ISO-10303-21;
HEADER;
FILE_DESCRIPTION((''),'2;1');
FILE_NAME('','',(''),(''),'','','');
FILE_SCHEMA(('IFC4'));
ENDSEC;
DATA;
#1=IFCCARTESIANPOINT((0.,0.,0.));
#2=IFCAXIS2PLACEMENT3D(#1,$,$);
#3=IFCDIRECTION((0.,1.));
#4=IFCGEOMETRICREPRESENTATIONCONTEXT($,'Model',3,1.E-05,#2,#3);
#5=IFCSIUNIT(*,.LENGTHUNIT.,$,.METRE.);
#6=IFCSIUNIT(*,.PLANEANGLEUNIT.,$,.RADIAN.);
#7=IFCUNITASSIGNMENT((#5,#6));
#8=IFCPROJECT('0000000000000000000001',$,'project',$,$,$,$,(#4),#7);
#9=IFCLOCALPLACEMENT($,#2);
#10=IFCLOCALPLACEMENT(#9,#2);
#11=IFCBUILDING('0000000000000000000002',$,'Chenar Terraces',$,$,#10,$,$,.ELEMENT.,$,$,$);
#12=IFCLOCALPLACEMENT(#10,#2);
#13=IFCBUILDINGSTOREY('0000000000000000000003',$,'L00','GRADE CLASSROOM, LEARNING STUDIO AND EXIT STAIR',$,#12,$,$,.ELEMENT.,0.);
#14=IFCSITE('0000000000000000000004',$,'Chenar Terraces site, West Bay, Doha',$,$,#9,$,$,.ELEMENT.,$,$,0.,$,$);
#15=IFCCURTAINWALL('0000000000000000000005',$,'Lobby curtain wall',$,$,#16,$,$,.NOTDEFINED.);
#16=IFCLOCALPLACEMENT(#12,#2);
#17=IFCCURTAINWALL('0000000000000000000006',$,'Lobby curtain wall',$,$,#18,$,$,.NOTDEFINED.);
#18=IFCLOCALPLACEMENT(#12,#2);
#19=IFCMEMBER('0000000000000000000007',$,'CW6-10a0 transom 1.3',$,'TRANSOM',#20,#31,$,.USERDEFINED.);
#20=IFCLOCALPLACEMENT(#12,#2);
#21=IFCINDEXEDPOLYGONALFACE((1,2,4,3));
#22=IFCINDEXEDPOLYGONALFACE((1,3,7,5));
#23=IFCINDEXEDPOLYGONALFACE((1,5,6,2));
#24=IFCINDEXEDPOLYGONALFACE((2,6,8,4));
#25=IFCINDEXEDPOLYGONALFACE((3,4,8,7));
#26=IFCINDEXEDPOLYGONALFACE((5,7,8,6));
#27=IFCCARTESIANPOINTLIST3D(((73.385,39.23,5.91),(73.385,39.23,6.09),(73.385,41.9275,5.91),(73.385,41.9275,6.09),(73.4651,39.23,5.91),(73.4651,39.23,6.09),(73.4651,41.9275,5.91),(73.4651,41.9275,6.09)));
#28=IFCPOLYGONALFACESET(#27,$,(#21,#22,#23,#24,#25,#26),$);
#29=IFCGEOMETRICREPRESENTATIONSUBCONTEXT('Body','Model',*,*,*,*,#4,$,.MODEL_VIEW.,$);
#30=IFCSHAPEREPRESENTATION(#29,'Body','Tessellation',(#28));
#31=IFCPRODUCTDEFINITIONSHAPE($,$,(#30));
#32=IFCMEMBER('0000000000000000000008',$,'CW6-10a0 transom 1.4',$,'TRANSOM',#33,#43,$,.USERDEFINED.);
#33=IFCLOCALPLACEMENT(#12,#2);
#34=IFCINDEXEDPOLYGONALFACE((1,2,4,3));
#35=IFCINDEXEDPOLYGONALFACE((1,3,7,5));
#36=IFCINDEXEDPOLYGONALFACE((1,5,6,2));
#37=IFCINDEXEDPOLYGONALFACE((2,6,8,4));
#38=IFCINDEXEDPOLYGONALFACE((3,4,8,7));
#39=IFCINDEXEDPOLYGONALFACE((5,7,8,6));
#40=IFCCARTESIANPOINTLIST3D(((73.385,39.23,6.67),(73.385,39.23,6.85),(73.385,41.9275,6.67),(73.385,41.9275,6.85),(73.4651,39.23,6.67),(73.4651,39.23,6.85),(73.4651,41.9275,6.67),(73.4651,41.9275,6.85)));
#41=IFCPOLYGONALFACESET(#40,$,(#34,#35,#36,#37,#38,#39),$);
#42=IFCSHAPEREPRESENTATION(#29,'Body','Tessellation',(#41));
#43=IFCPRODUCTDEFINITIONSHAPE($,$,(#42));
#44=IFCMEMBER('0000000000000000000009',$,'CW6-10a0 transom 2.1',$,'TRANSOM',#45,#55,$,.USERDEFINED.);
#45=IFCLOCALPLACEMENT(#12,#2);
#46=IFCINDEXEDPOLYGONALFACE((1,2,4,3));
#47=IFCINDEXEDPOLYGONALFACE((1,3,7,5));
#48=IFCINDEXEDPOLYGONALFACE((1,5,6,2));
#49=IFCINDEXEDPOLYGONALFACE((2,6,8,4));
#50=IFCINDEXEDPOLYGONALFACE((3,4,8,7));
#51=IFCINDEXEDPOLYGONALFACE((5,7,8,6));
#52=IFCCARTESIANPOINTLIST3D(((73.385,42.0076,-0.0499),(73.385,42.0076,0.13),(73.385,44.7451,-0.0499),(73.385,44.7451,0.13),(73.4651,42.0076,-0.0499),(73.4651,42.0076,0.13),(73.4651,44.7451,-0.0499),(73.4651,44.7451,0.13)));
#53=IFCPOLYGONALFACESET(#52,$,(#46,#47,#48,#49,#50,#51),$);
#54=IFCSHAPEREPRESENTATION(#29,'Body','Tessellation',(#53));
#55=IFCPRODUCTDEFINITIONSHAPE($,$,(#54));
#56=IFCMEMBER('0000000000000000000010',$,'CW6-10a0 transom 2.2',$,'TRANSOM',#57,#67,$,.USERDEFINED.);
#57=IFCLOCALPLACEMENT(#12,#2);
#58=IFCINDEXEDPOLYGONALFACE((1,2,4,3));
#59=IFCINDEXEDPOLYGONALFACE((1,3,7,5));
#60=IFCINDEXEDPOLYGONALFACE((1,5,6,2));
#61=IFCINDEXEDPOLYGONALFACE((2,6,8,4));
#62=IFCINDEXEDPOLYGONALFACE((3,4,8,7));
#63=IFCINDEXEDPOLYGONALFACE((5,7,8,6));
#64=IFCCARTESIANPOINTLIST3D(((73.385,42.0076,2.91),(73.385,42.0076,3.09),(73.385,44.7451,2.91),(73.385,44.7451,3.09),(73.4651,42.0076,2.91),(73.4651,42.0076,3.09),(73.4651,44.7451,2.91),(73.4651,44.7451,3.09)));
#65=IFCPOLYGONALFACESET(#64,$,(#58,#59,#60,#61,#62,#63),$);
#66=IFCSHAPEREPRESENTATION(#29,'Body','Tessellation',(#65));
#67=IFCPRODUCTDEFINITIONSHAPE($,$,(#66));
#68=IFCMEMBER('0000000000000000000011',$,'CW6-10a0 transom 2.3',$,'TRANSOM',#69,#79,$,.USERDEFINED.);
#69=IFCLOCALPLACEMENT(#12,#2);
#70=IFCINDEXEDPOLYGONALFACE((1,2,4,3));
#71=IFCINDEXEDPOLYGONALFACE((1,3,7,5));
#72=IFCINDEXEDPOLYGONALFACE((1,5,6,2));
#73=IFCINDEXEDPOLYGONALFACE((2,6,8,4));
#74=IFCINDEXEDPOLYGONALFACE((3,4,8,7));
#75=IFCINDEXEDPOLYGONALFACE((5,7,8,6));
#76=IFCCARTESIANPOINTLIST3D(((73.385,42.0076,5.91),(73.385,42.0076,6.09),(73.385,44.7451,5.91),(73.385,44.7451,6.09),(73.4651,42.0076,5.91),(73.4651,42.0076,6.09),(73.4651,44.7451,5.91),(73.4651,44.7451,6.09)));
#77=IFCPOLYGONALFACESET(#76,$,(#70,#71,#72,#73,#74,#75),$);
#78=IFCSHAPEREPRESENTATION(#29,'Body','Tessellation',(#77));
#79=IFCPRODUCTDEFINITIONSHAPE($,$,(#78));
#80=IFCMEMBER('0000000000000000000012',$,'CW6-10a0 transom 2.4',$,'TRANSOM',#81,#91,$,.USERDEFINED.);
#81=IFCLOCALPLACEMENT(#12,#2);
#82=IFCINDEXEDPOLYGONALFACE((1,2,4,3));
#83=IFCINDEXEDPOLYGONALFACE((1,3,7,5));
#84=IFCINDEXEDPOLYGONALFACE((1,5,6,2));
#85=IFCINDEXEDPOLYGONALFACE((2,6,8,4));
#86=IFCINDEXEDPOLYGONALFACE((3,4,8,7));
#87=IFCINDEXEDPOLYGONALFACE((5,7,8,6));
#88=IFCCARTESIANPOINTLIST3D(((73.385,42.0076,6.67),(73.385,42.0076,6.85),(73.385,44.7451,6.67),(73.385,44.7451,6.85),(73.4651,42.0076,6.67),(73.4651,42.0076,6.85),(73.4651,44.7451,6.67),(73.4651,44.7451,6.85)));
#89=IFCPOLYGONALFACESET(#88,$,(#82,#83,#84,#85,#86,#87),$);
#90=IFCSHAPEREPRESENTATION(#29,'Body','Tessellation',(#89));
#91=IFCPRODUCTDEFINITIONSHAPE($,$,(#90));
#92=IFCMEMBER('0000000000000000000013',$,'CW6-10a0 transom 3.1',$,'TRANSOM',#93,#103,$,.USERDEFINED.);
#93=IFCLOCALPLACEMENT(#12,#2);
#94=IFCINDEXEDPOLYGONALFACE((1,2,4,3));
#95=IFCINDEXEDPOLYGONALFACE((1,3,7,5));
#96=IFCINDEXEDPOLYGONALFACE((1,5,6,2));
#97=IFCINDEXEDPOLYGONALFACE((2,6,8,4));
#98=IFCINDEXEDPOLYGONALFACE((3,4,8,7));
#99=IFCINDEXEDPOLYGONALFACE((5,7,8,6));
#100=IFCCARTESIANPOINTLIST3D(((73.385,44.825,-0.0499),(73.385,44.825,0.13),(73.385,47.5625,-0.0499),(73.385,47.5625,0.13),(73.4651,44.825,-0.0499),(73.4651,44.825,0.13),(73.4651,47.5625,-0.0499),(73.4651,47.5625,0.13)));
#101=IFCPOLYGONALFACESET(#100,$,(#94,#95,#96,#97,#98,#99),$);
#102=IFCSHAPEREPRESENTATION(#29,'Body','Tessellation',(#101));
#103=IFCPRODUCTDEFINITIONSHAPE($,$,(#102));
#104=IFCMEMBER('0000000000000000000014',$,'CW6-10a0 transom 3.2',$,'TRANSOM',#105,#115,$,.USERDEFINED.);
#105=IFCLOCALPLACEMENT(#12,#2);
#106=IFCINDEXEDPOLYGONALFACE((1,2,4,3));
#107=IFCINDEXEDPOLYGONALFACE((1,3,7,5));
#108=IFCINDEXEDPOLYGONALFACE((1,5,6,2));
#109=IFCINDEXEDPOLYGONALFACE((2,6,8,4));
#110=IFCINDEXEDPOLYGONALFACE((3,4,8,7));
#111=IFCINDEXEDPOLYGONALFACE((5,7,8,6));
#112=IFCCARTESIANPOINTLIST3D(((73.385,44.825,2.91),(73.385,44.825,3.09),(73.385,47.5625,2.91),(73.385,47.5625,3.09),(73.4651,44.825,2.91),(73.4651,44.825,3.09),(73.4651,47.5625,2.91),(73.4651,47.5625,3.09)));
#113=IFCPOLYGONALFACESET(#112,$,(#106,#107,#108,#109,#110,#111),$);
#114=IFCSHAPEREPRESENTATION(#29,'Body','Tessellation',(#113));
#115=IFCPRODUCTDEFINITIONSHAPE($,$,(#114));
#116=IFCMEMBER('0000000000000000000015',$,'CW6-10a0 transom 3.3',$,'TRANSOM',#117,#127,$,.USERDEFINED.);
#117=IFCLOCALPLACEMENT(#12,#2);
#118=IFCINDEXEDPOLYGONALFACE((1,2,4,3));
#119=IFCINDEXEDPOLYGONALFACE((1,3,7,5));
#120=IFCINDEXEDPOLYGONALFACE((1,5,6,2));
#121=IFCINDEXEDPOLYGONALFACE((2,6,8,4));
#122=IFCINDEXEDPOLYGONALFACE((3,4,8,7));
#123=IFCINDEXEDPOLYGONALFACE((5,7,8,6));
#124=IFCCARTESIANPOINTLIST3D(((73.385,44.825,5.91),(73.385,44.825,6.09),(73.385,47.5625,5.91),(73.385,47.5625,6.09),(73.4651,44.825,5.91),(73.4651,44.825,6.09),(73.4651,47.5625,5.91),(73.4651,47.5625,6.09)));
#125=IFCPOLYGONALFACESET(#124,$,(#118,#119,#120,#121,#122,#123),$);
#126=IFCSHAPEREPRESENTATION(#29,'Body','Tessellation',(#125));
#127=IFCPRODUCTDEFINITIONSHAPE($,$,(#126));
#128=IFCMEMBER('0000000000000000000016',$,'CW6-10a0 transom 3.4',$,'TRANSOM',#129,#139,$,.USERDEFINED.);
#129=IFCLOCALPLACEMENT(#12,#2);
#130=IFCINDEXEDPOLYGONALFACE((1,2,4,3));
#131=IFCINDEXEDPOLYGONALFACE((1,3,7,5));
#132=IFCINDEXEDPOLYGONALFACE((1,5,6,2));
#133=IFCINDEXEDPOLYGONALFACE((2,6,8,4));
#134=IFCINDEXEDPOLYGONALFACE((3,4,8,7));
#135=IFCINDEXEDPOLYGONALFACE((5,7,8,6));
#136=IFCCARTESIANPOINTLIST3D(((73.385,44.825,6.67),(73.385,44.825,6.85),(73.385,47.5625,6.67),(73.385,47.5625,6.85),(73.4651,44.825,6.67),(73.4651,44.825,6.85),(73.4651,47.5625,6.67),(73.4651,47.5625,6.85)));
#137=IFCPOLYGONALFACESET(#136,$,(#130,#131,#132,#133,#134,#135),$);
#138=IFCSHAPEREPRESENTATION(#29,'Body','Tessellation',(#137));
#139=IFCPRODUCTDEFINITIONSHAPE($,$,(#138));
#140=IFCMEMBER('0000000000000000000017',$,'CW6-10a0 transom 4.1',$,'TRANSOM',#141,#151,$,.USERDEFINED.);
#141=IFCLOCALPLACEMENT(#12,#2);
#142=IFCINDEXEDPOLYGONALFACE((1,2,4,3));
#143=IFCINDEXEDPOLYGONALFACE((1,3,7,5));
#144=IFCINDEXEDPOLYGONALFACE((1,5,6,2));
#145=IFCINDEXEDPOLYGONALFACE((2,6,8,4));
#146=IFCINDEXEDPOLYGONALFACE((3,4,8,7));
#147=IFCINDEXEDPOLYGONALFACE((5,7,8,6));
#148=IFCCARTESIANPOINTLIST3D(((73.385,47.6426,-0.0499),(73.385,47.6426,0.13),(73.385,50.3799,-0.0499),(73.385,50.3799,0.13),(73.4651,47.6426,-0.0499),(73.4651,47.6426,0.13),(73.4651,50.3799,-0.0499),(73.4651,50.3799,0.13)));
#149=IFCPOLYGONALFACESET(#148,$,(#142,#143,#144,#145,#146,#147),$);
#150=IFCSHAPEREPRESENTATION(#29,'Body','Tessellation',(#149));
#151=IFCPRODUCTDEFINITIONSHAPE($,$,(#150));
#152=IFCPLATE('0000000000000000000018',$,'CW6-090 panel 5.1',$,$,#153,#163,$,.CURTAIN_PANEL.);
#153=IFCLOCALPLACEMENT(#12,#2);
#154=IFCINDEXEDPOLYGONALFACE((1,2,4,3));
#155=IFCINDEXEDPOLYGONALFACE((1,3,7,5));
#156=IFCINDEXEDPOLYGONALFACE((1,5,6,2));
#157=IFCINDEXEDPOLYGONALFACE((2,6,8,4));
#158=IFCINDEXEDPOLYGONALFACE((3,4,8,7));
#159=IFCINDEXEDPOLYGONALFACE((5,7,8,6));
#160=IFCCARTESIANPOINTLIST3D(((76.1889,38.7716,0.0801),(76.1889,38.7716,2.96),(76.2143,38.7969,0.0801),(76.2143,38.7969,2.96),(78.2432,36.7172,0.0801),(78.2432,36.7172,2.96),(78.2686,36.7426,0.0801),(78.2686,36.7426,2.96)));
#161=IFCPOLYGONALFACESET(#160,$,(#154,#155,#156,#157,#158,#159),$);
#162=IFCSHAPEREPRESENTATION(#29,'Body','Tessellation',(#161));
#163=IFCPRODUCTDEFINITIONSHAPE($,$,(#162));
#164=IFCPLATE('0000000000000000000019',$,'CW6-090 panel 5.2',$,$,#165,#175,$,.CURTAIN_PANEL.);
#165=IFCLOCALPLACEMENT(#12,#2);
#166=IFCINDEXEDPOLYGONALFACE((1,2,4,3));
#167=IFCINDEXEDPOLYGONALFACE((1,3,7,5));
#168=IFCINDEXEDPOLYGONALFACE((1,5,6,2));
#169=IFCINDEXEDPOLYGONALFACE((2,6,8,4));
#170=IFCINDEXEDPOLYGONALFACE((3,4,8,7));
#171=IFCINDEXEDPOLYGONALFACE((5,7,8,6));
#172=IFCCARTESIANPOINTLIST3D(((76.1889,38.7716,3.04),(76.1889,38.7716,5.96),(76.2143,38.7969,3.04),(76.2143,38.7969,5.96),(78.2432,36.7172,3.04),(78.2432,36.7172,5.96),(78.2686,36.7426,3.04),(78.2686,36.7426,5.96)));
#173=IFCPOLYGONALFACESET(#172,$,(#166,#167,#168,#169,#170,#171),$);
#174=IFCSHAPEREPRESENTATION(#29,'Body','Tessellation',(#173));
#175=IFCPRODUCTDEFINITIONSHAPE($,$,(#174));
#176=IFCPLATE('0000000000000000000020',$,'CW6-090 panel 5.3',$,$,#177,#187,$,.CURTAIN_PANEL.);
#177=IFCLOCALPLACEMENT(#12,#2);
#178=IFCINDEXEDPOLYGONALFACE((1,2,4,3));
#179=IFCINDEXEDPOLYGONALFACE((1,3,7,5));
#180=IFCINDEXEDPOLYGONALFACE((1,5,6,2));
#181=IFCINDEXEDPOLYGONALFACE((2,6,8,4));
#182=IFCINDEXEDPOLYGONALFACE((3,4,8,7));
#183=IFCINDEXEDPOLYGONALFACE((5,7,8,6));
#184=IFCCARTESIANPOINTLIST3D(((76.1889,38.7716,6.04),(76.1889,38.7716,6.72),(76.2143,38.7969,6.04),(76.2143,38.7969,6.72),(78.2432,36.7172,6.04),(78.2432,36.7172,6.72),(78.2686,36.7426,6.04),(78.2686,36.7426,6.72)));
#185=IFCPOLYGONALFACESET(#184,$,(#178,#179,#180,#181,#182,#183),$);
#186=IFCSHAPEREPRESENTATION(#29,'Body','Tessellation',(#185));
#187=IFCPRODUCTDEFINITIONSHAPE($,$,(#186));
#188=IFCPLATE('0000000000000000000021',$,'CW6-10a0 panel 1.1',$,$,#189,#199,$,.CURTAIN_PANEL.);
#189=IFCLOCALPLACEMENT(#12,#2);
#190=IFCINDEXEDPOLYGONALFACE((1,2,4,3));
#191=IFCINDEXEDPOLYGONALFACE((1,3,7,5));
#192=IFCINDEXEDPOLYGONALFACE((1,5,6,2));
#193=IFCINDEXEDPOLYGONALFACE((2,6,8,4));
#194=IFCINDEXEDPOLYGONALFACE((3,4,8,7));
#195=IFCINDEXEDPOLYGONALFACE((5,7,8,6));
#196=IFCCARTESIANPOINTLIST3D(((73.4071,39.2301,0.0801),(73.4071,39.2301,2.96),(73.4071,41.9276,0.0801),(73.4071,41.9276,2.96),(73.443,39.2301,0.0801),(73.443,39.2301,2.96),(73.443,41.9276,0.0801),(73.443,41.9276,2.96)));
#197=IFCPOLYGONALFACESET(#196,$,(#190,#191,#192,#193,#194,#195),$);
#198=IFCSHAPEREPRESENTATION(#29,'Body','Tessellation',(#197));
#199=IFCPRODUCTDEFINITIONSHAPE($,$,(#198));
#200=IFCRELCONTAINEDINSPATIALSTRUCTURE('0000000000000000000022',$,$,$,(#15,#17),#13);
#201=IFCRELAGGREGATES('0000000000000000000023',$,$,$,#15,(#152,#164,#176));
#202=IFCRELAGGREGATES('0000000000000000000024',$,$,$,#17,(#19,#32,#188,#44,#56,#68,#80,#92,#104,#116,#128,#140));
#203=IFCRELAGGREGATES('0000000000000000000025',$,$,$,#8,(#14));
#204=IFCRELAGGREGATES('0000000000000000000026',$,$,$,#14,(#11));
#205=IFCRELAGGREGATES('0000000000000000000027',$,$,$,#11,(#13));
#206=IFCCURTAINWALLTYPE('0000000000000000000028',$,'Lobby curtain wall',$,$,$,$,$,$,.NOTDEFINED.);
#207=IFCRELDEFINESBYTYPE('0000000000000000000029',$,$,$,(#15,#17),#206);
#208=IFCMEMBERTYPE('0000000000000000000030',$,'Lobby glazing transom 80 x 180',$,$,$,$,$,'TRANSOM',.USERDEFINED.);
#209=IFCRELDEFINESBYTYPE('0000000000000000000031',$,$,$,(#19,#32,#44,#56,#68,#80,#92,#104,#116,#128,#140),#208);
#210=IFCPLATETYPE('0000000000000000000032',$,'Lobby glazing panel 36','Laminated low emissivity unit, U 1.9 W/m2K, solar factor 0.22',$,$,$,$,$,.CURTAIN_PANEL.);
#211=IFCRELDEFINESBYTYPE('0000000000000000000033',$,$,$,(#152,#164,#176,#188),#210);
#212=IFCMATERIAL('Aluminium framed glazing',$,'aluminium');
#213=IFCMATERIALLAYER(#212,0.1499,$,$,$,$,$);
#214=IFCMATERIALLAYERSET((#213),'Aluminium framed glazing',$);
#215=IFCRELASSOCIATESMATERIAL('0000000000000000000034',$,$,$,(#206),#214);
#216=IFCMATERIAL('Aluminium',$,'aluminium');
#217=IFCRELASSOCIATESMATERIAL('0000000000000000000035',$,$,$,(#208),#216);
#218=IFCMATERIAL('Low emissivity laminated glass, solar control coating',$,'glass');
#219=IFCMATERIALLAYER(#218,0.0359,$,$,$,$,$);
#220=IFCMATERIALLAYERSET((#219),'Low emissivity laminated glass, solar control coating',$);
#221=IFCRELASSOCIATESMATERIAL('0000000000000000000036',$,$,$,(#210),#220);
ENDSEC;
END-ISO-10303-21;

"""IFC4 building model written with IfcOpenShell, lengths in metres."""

from ifc_helpers import new_model, si_unit, direction, frame, origin, origin_2d, place, context, subcontext, project, spatial, rectangle, extrude, material, layer, layer_set, material_profile, profile_set, type_object, element, aggregate, save


model = new_model("IFC4")

# Units and contexts
model_context = context("Model", 3, precision=1e-05, world=origin(), true_north=direction((0.0, 1.0)))
body_context = subcontext(model_context, "Body", "Model", "MODEL_VIEW")
ifc_project = project(units=[si_unit("LENGTHUNIT", "METRE"), si_unit("PLANEANGLEUNIT", "RADIAN")], contexts=[model_context])

# Site, building, storey
site_placement = place(None, origin())
site = spatial("IfcSite", under=ifc_project, at=site_placement, Name="Chenar Terraces site, West Bay, Doha", CompositionType="ELEMENT", RefElevation=0.0)
building_placement = place(site_placement, origin())
building = spatial("IfcBuilding", under=site, at=building_placement, Name="Chenar Terraces", CompositionType="ELEMENT")
storey_placement = place(building_placement, origin())
storey = spatial("IfcBuildingStorey", under=building, at=storey_placement, Name="L00", Description="GRADE CLASSROOM, LEARNING STUDIO AND EXIT STAIR", CompositionType="ELEMENT", Elevation=0.0)

# Curtain walls
ifc_material_1 = material(Name="Aluminium framed glazing", Category="aluminium")
ifc_layer_1 = layer(ifc_material_1, 0.1499)
ifc_layer_set_1 = layer_set([ifc_layer_1], Name="Aluminium framed glazing")
curtain_wall_type = type_object("IfcCurtainWallType", Name="Lobby curtain wall", PredefinedType="NOTDEFINED", material=ifc_layer_set_1)
placement = place(storey_placement, origin())
curtain_wall_1 = element("IfcCurtainWall", 1, at=placement, inside=storey, type_object=curtain_wall_type, Name="Lobby curtain wall", PredefinedType="NOTDEFINED")
curtain_wall_2 = element("IfcCurtainWall", 2, at=placement, inside=storey, type_object=curtain_wall_type, Name="Lobby curtain wall", PredefinedType="NOTDEFINED")

# Members
ifc_material_2 = material(Name="Aluminium", Category="aluminium")
ifc_material_profile_1 = material_profile(ifc_material_2, rectangle(XDim=0.0801, YDim=0.1799, at=origin_2d()), Name="Lobby glazing transom 80 x 180")
ifc_profile_set_1 = profile_set([ifc_material_profile_1], Name="Aluminium")
member_type_1 = type_object("IfcMemberType", Name="Lobby glazing transom 80 x 180", ElementType="TRANSOM", PredefinedType="USERDEFINED", material=ifc_profile_set_1)
member_1_placement = place(storey_placement, frame((73.425, 39.23, 6.0), z_axis=(0.0, 1.0, 0.0), x_axis=(-1.0, 0.0, 0.0)))
member_1 = element("IfcMember", 3, at=member_1_placement, type_object=member_type_1, Name="CW6-10a0 transom 1.3", ObjectType="TRANSOM", PredefinedType="USERDEFINED", context=body_context, shape_type="SweptSolid", body=[
    extrude(rectangle(XDim=0.0801, YDim=0.1799, at=origin_2d()), origin(), (0.0, 0.0, 1.0), 2.6975),
])
member_2_placement = place(storey_placement, frame((73.425, 39.23, 6.76), z_axis=(0.0, 1.0, 0.0), x_axis=(-1.0, 0.0, 0.0)))
member_2 = element("IfcMember", 4, at=member_2_placement, type_object=member_type_1, Name="CW6-10a0 transom 1.4", ObjectType="TRANSOM", PredefinedType="USERDEFINED", context=body_context, shape_type="SweptSolid", body=[
    extrude(rectangle(XDim=0.0801, YDim=0.1799, at=origin_2d()), origin(), (0.0, 0.0, 1.0), 2.6975),
])
member_3_placement = place(storey_placement, frame((73.425, 42.0076, 0.04), z_axis=(0.0, 1.0, 0.0), x_axis=(-1.0, 0.0, 0.0)))
member_3 = element("IfcMember", 5, at=member_3_placement, type_object=member_type_1, Name="CW6-10a0 transom 2.1", ObjectType="TRANSOM", PredefinedType="USERDEFINED", context=body_context, shape_type="SweptSolid", body=[
    extrude(rectangle(XDim=0.0801, YDim=0.1799, at=origin_2d()), origin(), (0.0, 0.0, 1.0), 2.7375),
])
member_4_placement = place(storey_placement, frame((73.425, 42.0076, 3.0), z_axis=(0.0, 1.0, 0.0), x_axis=(-1.0, 0.0, 0.0)))
member_4 = element("IfcMember", 6, at=member_4_placement, type_object=member_type_1, Name="CW6-10a0 transom 2.2", ObjectType="TRANSOM", PredefinedType="USERDEFINED", context=body_context, shape_type="SweptSolid", body=[
    extrude(rectangle(XDim=0.0801, YDim=0.1799, at=origin_2d()), origin(), (0.0, 0.0, 1.0), 2.7375),
])
member_5_placement = place(storey_placement, frame((73.425, 42.0076, 6.0), z_axis=(0.0, 1.0, 0.0), x_axis=(-1.0, 0.0, 0.0)))
member_5 = element("IfcMember", 7, at=member_5_placement, type_object=member_type_1, Name="CW6-10a0 transom 2.3", ObjectType="TRANSOM", PredefinedType="USERDEFINED", context=body_context, shape_type="SweptSolid", body=[
    extrude(rectangle(XDim=0.0801, YDim=0.1799, at=origin_2d()), origin(), (0.0, 0.0, 1.0), 2.7375),
])
member_6_placement = place(storey_placement, frame((73.425, 42.0076, 6.76), z_axis=(0.0, 1.0, 0.0), x_axis=(-1.0, 0.0, 0.0)))
member_6 = element("IfcMember", 8, at=member_6_placement, type_object=member_type_1, Name="CW6-10a0 transom 2.4", ObjectType="TRANSOM", PredefinedType="USERDEFINED", context=body_context, shape_type="SweptSolid", body=[
    extrude(rectangle(XDim=0.0801, YDim=0.1799, at=origin_2d()), origin(), (0.0, 0.0, 1.0), 2.7375),
])
member_7_placement = place(storey_placement, frame((73.425, 44.825, 0.04), z_axis=(0.0, 1.0, 0.0), x_axis=(-1.0, 0.0, 0.0)))
member_7 = element("IfcMember", 9, at=member_7_placement, type_object=member_type_1, Name="CW6-10a0 transom 3.1", ObjectType="TRANSOM", PredefinedType="USERDEFINED", context=body_context, shape_type="SweptSolid", body=[
    extrude(rectangle(XDim=0.0801, YDim=0.1799, at=origin_2d()), origin(), (0.0, 0.0, 1.0), 2.7375),
])
member_8_placement = place(storey_placement, frame((73.425, 44.825, 3.0), z_axis=(0.0, 1.0, 0.0), x_axis=(-1.0, 0.0, 0.0)))
member_8 = element("IfcMember", 10, at=member_8_placement, type_object=member_type_1, Name="CW6-10a0 transom 3.2", ObjectType="TRANSOM", PredefinedType="USERDEFINED", context=body_context, shape_type="SweptSolid", body=[
    extrude(rectangle(XDim=0.0801, YDim=0.1799, at=origin_2d()), origin(), (0.0, 0.0, 1.0), 2.7375),
])
member_9_placement = place(storey_placement, frame((73.425, 44.825, 6.0), z_axis=(0.0, 1.0, 0.0), x_axis=(-1.0, 0.0, 0.0)))
member_9 = element("IfcMember", 11, at=member_9_placement, type_object=member_type_1, Name="CW6-10a0 transom 3.3", ObjectType="TRANSOM", PredefinedType="USERDEFINED", context=body_context, shape_type="SweptSolid", body=[
    extrude(rectangle(XDim=0.0801, YDim=0.1799, at=origin_2d()), origin(), (0.0, 0.0, 1.0), 2.7375),
])
member_10_placement = place(storey_placement, frame((73.425, 44.825, 6.76), z_axis=(0.0, 1.0, 0.0), x_axis=(-1.0, 0.0, 0.0)))
member_10 = element("IfcMember", 12, at=member_10_placement, type_object=member_type_1, Name="CW6-10a0 transom 3.4", ObjectType="TRANSOM", PredefinedType="USERDEFINED", context=body_context, shape_type="SweptSolid", body=[
    extrude(rectangle(XDim=0.0801, YDim=0.1799, at=origin_2d()), origin(), (0.0, 0.0, 1.0), 2.7375),
])
member_11_placement = place(storey_placement, frame((73.425, 47.6426, 0.04), z_axis=(0.0, 1.0, 0.0), x_axis=(-1.0, 0.0, 0.0)))
member_11 = element("IfcMember", 13, at=member_11_placement, type_object=member_type_1, Name="CW6-10a0 transom 4.1", ObjectType="TRANSOM", PredefinedType="USERDEFINED", context=body_context, shape_type="SweptSolid", body=[
    extrude(rectangle(XDim=0.0801, YDim=0.1799, at=origin_2d()), origin(), (0.0, 0.0, 1.0), 2.7373),
])

# Plates
ifc_material_3 = material(Name="Low emissivity laminated glass, solar control coating", Category="glass")
ifc_layer_2 = layer(ifc_material_3, 0.0359)
ifc_layer_set_2 = layer_set([ifc_layer_2], Name="Low emissivity laminated glass, solar control coating")
plate_type = type_object("IfcPlateType", Name="Lobby glazing panel 36", Description="Laminated low emissivity unit, U 1.9 W/m2K, solar factor 0.22", PredefinedType="CURTAIN_PANEL", material=ifc_layer_set_2)
plate_1_placement = place(storey_placement, frame((77.2288, 37.7571, 0.0801), z_axis=(0.0, 0.0, 1.0), x_axis=(-0.707107, 0.707107, 0.0)))
plate_1 = element("IfcPlate", 14, at=plate_1_placement, type_object=plate_type, Name="CW6-090 panel 5.1", PredefinedType="CURTAIN_PANEL", context=body_context, shape_type="SweptSolid", body=[
    extrude(rectangle(XDim=2.9053, YDim=0.0359, at=origin_2d()), origin(), (0.0, 0.0, 1.0), 2.8799),
])
plate_2_placement = place(storey_placement, frame((77.2288, 37.7571, 3.04), z_axis=(0.0, 0.0, 1.0), x_axis=(-0.707107, 0.707107, 0.0)))
plate_2 = element("IfcPlate", 15, at=plate_2_placement, type_object=plate_type, Name="CW6-090 panel 5.2", PredefinedType="CURTAIN_PANEL", context=body_context, shape_type="SweptSolid", body=[
    extrude(rectangle(XDim=2.9053, YDim=0.0359, at=origin_2d()), origin(), (0.0, 0.0, 1.0), 2.9199),
])
plate_3_placement = place(storey_placement, frame((77.2288, 37.7571, 6.04), z_axis=(0.0, 0.0, 1.0), x_axis=(-0.707107, 0.707107, 0.0)))
plate_3 = element("IfcPlate", 16, at=plate_3_placement, type_object=plate_type, Name="CW6-090 panel 5.3", PredefinedType="CURTAIN_PANEL", context=body_context, shape_type="SweptSolid", body=[
    extrude(rectangle(XDim=2.9053, YDim=0.0359, at=origin_2d()), origin(), (0.0, 0.0, 1.0), 0.6799),
])
aggregate(curtain_wall_1, [plate_1, plate_2, plate_3])
plate_4_placement = place(storey_placement, frame((73.425, 40.5789, 0.0801), z_axis=(0.0, 0.0, 1.0), x_axis=(0.0, 1.0, 0.0)))
plate_4 = element("IfcPlate", 17, at=plate_4_placement, type_object=plate_type, Name="CW6-10a0 panel 1.1", PredefinedType="CURTAIN_PANEL", context=body_context, shape_type="SweptSolid", body=[
    extrude(rectangle(XDim=2.6975, YDim=0.0359, at=origin_2d()), origin(), (0.0, 0.0, 1.0), 2.8799),
])
aggregate(curtain_wall_2, [member_1, member_2, plate_4, member_3, member_4, member_5, member_6, member_7, member_8, member_9, member_10, member_11])

save(model, "model.ifc")
